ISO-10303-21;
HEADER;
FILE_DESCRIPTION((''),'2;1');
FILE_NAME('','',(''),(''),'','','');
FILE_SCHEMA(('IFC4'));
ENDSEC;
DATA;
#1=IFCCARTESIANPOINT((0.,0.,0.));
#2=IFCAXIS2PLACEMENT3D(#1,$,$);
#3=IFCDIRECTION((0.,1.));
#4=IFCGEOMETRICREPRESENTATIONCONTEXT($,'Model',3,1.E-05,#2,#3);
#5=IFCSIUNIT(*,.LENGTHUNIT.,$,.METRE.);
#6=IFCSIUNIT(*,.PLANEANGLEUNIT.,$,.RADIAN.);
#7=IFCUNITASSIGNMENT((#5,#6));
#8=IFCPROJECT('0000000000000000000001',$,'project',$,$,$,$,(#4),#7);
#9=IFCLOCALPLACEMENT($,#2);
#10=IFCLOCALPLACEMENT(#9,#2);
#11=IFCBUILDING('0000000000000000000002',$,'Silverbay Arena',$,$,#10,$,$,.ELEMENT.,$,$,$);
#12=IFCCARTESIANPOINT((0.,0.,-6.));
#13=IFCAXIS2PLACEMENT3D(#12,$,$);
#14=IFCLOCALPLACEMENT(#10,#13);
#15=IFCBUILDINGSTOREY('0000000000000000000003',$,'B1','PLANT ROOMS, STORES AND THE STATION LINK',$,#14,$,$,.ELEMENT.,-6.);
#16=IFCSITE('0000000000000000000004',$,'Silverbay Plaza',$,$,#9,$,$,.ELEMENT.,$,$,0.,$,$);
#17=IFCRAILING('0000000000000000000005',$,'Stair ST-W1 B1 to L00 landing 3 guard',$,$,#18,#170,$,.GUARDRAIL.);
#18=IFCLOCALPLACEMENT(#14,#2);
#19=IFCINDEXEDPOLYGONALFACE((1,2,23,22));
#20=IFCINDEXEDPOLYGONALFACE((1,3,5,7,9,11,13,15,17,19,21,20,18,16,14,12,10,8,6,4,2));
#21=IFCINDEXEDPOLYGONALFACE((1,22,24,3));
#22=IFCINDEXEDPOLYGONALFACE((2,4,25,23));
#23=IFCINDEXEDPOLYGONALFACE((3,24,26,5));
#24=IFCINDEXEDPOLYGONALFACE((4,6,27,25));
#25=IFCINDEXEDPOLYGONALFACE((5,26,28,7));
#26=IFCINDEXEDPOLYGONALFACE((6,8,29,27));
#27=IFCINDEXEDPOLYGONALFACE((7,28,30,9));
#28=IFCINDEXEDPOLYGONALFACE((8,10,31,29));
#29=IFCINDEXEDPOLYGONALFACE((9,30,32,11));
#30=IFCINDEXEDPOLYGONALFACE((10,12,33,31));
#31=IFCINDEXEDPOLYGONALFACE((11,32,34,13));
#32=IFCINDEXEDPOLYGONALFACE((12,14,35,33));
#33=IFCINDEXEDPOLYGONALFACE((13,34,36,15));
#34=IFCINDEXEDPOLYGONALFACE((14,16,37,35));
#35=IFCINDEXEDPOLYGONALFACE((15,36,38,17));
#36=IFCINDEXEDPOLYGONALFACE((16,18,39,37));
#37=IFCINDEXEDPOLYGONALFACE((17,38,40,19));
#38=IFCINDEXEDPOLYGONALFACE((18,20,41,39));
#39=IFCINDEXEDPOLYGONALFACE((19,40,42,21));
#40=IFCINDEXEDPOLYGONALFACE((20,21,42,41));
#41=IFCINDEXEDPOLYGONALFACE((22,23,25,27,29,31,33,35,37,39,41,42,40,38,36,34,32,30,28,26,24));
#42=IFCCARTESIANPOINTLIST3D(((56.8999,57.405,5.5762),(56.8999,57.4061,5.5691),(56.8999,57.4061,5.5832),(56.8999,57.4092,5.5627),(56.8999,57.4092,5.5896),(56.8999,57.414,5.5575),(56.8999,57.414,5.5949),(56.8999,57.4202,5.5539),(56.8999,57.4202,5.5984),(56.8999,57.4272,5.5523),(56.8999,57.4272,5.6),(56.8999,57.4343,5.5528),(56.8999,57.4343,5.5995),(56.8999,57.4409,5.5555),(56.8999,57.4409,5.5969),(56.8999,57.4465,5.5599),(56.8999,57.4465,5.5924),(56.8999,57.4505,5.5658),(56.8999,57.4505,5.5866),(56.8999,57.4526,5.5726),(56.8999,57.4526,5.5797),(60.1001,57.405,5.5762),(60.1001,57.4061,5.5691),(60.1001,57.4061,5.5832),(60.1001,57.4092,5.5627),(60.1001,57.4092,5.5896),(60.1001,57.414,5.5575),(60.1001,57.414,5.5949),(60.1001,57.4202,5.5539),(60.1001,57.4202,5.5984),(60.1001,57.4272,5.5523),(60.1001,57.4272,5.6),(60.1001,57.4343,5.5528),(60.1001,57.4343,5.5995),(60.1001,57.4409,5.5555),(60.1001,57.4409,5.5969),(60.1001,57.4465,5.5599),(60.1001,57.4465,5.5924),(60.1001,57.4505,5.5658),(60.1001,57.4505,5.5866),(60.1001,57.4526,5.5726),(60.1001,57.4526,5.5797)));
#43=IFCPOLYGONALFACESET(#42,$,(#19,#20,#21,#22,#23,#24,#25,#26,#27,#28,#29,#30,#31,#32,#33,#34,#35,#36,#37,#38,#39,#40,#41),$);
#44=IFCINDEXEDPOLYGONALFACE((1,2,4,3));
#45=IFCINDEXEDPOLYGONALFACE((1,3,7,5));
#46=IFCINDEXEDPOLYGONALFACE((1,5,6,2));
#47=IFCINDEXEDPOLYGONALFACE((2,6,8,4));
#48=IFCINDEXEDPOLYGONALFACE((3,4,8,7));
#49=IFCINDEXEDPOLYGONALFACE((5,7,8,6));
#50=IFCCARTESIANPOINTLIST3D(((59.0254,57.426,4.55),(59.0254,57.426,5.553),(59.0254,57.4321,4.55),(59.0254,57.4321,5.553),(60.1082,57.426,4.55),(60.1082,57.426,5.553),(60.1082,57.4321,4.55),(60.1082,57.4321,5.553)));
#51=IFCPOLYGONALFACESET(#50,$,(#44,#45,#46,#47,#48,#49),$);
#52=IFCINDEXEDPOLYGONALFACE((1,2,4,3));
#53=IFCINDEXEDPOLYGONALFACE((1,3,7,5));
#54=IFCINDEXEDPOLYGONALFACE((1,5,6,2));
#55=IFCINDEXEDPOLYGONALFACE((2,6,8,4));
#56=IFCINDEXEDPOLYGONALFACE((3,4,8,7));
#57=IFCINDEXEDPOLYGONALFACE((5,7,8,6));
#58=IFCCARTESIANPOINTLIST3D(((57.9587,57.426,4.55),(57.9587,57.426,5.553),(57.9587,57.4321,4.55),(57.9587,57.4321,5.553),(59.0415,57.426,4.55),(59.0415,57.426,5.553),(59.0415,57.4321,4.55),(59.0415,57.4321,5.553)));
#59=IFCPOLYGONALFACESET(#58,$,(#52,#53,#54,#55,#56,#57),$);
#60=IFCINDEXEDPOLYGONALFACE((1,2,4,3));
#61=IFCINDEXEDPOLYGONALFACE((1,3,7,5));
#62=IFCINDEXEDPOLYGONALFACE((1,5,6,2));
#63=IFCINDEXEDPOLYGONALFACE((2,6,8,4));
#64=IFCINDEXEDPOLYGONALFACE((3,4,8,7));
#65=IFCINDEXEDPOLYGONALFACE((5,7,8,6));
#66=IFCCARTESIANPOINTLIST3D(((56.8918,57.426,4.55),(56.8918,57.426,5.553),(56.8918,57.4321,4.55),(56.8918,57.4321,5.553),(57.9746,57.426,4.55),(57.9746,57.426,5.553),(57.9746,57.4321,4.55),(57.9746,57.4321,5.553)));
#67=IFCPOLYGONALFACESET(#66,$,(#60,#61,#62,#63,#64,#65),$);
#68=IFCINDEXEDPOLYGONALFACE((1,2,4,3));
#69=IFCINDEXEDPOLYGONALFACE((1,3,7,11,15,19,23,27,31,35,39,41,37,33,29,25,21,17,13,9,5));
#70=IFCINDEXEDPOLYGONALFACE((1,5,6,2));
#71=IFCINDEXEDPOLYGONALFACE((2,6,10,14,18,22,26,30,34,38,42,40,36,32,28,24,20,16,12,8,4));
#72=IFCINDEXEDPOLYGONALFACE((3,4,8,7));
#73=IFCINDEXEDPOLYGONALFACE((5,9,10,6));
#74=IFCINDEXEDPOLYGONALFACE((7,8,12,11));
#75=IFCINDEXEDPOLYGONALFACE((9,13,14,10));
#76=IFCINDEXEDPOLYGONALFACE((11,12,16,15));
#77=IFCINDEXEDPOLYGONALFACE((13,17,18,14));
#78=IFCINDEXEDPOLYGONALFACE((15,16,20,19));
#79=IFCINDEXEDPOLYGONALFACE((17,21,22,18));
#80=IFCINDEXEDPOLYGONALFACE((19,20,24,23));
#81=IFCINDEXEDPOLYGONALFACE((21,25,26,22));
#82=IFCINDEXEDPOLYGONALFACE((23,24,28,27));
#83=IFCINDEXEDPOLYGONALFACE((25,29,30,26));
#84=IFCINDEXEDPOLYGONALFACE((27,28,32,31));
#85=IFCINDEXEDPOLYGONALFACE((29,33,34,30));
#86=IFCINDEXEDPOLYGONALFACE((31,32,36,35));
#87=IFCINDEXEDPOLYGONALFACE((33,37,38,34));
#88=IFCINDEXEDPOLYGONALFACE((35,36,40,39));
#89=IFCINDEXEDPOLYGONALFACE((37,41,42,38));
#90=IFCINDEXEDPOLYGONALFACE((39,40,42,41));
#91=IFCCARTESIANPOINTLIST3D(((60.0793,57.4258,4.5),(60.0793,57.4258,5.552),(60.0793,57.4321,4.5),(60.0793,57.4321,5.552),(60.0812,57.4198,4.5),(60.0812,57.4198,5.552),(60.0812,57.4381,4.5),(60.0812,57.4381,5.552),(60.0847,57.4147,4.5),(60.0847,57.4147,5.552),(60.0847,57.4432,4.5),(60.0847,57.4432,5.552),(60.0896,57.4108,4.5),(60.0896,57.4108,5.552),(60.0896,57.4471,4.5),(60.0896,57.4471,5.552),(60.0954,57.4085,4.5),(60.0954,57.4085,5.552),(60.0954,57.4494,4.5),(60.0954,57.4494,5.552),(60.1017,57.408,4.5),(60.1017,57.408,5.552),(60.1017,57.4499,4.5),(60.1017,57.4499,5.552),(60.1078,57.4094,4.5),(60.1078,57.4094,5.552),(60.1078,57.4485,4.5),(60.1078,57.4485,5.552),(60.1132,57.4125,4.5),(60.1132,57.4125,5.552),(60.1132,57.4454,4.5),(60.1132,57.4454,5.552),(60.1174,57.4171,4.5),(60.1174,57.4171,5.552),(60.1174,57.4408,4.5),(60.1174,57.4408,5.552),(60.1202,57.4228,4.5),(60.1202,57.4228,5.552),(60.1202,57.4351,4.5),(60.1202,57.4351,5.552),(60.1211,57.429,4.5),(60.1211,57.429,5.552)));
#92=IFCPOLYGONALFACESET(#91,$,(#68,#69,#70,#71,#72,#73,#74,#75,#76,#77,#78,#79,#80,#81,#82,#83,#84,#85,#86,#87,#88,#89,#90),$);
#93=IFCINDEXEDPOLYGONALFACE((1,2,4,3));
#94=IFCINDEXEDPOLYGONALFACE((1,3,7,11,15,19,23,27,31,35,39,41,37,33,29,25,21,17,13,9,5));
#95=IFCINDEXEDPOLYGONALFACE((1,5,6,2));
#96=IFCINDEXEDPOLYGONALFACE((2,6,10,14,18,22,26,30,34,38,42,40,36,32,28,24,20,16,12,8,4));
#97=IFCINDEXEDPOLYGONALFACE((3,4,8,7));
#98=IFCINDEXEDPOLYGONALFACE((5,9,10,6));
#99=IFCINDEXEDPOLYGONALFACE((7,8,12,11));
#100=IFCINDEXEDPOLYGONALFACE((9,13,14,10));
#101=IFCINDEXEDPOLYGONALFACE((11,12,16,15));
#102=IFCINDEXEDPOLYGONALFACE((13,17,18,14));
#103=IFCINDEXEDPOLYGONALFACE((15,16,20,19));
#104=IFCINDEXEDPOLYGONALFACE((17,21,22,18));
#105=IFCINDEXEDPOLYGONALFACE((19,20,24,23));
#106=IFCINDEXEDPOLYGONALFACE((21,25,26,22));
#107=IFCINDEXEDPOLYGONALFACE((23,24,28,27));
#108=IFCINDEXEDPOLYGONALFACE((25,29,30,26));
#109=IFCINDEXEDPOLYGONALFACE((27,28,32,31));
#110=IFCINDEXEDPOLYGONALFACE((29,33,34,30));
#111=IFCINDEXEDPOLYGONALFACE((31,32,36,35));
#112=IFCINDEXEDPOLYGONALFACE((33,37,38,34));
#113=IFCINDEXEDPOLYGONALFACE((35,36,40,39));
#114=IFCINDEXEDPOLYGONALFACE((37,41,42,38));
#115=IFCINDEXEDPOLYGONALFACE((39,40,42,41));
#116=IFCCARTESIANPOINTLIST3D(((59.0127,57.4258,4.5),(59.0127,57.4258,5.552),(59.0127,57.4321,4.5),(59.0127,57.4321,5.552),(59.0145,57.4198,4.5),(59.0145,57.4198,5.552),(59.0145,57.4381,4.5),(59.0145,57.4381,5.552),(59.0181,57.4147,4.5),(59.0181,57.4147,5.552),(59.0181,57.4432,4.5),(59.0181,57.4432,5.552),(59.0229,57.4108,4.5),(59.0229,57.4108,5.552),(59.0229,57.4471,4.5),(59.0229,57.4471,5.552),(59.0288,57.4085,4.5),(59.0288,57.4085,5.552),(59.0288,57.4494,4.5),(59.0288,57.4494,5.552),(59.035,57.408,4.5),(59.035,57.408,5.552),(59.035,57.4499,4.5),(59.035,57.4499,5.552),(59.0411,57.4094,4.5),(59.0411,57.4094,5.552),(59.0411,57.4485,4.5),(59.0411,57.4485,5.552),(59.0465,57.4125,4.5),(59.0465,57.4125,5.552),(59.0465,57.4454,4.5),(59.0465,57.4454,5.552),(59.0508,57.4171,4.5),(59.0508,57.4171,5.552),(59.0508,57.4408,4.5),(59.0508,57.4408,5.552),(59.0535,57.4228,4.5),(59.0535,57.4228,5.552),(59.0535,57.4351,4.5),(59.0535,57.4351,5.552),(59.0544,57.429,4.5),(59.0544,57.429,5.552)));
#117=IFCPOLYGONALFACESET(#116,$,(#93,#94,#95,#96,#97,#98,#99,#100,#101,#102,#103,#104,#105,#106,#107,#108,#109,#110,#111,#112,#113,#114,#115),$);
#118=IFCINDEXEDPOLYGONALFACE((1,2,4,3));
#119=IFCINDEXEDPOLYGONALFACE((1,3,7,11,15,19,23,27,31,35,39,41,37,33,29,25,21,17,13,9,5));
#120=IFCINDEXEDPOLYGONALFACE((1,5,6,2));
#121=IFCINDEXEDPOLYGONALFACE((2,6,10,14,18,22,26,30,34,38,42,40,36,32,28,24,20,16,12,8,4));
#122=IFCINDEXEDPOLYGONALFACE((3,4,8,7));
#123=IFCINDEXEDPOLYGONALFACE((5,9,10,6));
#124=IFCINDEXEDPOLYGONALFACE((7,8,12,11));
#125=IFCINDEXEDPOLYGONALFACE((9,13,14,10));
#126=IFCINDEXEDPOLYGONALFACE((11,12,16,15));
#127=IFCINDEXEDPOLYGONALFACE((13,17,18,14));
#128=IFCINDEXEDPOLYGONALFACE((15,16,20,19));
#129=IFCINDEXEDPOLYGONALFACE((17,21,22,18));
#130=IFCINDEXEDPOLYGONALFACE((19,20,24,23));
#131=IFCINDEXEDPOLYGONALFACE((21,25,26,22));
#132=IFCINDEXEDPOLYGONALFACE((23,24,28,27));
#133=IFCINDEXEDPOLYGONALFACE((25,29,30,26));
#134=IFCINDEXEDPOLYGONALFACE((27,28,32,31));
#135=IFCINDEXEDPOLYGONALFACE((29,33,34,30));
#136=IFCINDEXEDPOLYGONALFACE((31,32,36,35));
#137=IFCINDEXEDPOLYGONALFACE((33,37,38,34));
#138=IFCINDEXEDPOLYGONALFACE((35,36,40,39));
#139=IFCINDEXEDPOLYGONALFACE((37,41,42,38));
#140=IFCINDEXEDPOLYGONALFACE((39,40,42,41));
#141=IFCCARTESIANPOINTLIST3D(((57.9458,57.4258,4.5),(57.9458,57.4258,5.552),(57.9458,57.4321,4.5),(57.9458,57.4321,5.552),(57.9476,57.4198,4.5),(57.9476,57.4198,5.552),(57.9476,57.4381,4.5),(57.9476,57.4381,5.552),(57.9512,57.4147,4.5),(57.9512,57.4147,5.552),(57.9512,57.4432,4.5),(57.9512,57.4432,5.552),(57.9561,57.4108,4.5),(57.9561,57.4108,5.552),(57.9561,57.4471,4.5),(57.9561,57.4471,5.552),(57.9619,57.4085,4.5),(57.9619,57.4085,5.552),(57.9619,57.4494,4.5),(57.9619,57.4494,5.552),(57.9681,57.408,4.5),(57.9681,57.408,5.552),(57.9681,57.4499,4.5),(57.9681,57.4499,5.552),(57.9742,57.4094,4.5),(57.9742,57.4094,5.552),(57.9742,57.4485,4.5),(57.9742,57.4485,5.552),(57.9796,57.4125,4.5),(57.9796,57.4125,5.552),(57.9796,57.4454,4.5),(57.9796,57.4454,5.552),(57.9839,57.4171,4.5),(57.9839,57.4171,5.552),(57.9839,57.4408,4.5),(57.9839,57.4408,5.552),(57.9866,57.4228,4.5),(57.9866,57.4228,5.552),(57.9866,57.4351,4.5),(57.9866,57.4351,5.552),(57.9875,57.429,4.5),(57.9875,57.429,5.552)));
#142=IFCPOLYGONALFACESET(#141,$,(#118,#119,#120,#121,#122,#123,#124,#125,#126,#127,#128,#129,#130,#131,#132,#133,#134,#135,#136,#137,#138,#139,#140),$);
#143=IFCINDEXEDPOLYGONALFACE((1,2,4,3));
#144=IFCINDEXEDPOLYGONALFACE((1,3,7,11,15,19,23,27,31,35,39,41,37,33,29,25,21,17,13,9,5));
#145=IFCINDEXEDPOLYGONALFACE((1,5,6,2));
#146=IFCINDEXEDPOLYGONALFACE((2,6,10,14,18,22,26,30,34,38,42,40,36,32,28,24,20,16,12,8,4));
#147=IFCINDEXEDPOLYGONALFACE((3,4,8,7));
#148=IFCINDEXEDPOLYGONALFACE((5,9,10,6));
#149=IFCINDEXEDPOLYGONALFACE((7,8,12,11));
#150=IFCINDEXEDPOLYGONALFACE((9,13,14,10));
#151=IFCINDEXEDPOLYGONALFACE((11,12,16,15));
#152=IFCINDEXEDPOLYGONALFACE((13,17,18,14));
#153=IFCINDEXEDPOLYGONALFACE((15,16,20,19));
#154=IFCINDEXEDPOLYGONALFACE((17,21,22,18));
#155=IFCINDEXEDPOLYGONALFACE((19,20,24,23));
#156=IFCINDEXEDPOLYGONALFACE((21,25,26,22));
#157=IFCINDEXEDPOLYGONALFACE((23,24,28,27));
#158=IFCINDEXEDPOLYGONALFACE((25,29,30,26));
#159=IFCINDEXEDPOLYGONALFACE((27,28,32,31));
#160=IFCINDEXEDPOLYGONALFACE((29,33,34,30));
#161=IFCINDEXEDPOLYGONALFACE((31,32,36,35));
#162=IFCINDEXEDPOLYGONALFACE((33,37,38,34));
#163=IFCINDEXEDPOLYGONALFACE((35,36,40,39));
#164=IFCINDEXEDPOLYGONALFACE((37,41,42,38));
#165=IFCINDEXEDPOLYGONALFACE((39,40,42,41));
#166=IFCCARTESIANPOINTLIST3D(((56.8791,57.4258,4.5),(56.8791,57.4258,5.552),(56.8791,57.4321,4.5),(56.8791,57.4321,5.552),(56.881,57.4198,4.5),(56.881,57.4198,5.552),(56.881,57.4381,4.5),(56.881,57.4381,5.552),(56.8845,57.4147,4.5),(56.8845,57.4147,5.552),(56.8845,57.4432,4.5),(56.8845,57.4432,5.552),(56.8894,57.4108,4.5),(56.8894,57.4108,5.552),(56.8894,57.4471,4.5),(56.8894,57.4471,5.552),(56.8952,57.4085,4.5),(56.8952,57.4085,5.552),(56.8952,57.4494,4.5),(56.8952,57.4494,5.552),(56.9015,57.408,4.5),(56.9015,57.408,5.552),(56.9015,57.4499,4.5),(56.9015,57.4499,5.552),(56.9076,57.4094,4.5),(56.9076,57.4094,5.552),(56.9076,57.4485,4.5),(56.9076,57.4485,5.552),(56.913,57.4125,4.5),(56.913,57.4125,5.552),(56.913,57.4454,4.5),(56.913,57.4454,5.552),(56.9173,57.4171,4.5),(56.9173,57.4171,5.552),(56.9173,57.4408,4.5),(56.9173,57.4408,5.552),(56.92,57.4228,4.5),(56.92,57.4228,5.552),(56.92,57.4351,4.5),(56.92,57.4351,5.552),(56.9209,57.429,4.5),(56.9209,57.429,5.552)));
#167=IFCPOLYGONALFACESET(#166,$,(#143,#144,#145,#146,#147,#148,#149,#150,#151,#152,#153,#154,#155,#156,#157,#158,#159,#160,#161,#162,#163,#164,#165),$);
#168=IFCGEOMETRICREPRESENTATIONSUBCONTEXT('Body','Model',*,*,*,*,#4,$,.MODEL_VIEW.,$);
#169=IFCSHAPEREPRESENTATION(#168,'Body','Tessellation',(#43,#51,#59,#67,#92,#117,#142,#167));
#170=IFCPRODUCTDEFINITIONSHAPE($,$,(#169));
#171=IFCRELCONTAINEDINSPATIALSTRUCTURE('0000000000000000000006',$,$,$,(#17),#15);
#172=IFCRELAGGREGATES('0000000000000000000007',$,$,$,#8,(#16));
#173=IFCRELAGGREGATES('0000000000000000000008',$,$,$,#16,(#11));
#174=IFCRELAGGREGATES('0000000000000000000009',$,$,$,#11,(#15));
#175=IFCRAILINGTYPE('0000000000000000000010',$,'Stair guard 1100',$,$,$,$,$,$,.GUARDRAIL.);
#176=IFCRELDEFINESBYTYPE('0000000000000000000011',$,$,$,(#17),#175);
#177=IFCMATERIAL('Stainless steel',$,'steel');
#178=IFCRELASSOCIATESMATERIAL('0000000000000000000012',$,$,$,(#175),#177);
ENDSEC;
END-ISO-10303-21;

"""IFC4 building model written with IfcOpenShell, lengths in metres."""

from ifc_helpers import new_model, si_unit, direction, frame, origin, origin_2d, place, context, subcontext, project, spatial, polyline, circle, outline, extrude, material, type_object, element, save


model = new_model("IFC4")

# Units and contexts
model_context = context("Model", 3, precision=1e-05, world=origin(), true_north=direction((0.0, 1.0)))
body_context = subcontext(model_context, "Body", "Model", "MODEL_VIEW")
ifc_project = project(units=[si_unit("LENGTHUNIT", "METRE"), si_unit("PLANEANGLEUNIT", "RADIAN")], contexts=[model_context])

# Site, building, storey
site_placement = place(None, origin())
site = spatial("IfcSite", under=ifc_project, at=site_placement, Name="Silverbay Plaza", CompositionType="ELEMENT", RefElevation=0.0)
building_placement = place(site_placement, origin())
building = spatial("IfcBuilding", under=site, at=building_placement, Name="Silverbay Arena", CompositionType="ELEMENT")
storey_placement = place(building_placement, frame((0.0, 0.0, -6.0)))
storey = spatial("IfcBuildingStorey", under=building, at=storey_placement, Name="B1", Description="PLANT ROOMS, STORES AND THE STATION LINK", CompositionType="ELEMENT", Elevation=-6.0)

# Railing
ifc_material_1 = material(Name="Stainless steel", Category="steel")
railing_type_1 = type_object("IfcRailingType", Name="Stair guard 1100", PredefinedType="GUARDRAIL", material=ifc_material_1)
for number, where, name in (
    (1, (60.1001, 57.429, 4.5), "Stair ST-W1 B1 to L00 landing 3 guard"),
):
    element("IfcRailing", number, at=place(storey_placement, frame(where)), inside=storey, type_object=railing_type_1, Name=name, PredefinedType="GUARDRAIL", context=body_context, shape_type="SweptSolid", body=[
        extrude(circle(Radius=0.0239, at=origin_2d()), frame((0.0, 0.0, 1.0762), z_axis=(-1.0, 0.0, 0.0), x_axis=(0.0, -1.0, 0.0)), (0.0, 0.0, 1.0), 3.2002),
        extrude(outline(polyline([(-0.0081, 0.05), (1.0747, 0.05), (1.0747, 1.053), (-0.0081, 1.053), (-0.0081, 0.05)])), frame((0.0, -0.0029, 0.0), z_axis=(0.0, 1.0, 0.0), x_axis=(-1.0, 0.0, 0.0)), (0.0, 0.0, 1.0), 0.0061),
        extrude(outline(polyline([(-0.0081, 0.05), (1.0747, 0.05), (1.0747, 1.053), (-0.0081, 1.053), (-0.0081, 0.05)])), frame((-1.0667, -0.0029, 0.0), z_axis=(0.0, 1.0, 0.0), x_axis=(-1.0, 0.0, 0.0)), (0.0, 0.0, 1.0), 0.0061),
        extrude(outline(polyline([(-0.0081, 0.05), (1.0747, 0.05), (1.0747, 1.053), (-0.0081, 1.053), (-0.0081, 0.05)])), frame((-2.1335, -0.0029, 0.0), z_axis=(0.0, 1.0, 0.0), x_axis=(-1.0, 0.0, 0.0)), (0.0, 0.0, 1.0), 0.0061),
        extrude(circle(Radius=0.021, at=origin_2d()), origin(), (0.0, 0.0, 1.0), 1.052),
        extrude(circle(Radius=0.021, at=origin_2d()), frame((-1.0667, 0.0, 0.0)), (0.0, 0.0, 1.0), 1.052),
        extrude(circle(Radius=0.021, at=origin_2d()), frame((-2.1335, 0.0, 0.0)), (0.0, 0.0, 1.0), 1.052),
        extrude(circle(Radius=0.021, at=origin_2d()), frame((-3.2002, 0.0, 0.0)), (0.0, 0.0, 1.0), 1.052),
    ])

save(model, "model.ifc")
